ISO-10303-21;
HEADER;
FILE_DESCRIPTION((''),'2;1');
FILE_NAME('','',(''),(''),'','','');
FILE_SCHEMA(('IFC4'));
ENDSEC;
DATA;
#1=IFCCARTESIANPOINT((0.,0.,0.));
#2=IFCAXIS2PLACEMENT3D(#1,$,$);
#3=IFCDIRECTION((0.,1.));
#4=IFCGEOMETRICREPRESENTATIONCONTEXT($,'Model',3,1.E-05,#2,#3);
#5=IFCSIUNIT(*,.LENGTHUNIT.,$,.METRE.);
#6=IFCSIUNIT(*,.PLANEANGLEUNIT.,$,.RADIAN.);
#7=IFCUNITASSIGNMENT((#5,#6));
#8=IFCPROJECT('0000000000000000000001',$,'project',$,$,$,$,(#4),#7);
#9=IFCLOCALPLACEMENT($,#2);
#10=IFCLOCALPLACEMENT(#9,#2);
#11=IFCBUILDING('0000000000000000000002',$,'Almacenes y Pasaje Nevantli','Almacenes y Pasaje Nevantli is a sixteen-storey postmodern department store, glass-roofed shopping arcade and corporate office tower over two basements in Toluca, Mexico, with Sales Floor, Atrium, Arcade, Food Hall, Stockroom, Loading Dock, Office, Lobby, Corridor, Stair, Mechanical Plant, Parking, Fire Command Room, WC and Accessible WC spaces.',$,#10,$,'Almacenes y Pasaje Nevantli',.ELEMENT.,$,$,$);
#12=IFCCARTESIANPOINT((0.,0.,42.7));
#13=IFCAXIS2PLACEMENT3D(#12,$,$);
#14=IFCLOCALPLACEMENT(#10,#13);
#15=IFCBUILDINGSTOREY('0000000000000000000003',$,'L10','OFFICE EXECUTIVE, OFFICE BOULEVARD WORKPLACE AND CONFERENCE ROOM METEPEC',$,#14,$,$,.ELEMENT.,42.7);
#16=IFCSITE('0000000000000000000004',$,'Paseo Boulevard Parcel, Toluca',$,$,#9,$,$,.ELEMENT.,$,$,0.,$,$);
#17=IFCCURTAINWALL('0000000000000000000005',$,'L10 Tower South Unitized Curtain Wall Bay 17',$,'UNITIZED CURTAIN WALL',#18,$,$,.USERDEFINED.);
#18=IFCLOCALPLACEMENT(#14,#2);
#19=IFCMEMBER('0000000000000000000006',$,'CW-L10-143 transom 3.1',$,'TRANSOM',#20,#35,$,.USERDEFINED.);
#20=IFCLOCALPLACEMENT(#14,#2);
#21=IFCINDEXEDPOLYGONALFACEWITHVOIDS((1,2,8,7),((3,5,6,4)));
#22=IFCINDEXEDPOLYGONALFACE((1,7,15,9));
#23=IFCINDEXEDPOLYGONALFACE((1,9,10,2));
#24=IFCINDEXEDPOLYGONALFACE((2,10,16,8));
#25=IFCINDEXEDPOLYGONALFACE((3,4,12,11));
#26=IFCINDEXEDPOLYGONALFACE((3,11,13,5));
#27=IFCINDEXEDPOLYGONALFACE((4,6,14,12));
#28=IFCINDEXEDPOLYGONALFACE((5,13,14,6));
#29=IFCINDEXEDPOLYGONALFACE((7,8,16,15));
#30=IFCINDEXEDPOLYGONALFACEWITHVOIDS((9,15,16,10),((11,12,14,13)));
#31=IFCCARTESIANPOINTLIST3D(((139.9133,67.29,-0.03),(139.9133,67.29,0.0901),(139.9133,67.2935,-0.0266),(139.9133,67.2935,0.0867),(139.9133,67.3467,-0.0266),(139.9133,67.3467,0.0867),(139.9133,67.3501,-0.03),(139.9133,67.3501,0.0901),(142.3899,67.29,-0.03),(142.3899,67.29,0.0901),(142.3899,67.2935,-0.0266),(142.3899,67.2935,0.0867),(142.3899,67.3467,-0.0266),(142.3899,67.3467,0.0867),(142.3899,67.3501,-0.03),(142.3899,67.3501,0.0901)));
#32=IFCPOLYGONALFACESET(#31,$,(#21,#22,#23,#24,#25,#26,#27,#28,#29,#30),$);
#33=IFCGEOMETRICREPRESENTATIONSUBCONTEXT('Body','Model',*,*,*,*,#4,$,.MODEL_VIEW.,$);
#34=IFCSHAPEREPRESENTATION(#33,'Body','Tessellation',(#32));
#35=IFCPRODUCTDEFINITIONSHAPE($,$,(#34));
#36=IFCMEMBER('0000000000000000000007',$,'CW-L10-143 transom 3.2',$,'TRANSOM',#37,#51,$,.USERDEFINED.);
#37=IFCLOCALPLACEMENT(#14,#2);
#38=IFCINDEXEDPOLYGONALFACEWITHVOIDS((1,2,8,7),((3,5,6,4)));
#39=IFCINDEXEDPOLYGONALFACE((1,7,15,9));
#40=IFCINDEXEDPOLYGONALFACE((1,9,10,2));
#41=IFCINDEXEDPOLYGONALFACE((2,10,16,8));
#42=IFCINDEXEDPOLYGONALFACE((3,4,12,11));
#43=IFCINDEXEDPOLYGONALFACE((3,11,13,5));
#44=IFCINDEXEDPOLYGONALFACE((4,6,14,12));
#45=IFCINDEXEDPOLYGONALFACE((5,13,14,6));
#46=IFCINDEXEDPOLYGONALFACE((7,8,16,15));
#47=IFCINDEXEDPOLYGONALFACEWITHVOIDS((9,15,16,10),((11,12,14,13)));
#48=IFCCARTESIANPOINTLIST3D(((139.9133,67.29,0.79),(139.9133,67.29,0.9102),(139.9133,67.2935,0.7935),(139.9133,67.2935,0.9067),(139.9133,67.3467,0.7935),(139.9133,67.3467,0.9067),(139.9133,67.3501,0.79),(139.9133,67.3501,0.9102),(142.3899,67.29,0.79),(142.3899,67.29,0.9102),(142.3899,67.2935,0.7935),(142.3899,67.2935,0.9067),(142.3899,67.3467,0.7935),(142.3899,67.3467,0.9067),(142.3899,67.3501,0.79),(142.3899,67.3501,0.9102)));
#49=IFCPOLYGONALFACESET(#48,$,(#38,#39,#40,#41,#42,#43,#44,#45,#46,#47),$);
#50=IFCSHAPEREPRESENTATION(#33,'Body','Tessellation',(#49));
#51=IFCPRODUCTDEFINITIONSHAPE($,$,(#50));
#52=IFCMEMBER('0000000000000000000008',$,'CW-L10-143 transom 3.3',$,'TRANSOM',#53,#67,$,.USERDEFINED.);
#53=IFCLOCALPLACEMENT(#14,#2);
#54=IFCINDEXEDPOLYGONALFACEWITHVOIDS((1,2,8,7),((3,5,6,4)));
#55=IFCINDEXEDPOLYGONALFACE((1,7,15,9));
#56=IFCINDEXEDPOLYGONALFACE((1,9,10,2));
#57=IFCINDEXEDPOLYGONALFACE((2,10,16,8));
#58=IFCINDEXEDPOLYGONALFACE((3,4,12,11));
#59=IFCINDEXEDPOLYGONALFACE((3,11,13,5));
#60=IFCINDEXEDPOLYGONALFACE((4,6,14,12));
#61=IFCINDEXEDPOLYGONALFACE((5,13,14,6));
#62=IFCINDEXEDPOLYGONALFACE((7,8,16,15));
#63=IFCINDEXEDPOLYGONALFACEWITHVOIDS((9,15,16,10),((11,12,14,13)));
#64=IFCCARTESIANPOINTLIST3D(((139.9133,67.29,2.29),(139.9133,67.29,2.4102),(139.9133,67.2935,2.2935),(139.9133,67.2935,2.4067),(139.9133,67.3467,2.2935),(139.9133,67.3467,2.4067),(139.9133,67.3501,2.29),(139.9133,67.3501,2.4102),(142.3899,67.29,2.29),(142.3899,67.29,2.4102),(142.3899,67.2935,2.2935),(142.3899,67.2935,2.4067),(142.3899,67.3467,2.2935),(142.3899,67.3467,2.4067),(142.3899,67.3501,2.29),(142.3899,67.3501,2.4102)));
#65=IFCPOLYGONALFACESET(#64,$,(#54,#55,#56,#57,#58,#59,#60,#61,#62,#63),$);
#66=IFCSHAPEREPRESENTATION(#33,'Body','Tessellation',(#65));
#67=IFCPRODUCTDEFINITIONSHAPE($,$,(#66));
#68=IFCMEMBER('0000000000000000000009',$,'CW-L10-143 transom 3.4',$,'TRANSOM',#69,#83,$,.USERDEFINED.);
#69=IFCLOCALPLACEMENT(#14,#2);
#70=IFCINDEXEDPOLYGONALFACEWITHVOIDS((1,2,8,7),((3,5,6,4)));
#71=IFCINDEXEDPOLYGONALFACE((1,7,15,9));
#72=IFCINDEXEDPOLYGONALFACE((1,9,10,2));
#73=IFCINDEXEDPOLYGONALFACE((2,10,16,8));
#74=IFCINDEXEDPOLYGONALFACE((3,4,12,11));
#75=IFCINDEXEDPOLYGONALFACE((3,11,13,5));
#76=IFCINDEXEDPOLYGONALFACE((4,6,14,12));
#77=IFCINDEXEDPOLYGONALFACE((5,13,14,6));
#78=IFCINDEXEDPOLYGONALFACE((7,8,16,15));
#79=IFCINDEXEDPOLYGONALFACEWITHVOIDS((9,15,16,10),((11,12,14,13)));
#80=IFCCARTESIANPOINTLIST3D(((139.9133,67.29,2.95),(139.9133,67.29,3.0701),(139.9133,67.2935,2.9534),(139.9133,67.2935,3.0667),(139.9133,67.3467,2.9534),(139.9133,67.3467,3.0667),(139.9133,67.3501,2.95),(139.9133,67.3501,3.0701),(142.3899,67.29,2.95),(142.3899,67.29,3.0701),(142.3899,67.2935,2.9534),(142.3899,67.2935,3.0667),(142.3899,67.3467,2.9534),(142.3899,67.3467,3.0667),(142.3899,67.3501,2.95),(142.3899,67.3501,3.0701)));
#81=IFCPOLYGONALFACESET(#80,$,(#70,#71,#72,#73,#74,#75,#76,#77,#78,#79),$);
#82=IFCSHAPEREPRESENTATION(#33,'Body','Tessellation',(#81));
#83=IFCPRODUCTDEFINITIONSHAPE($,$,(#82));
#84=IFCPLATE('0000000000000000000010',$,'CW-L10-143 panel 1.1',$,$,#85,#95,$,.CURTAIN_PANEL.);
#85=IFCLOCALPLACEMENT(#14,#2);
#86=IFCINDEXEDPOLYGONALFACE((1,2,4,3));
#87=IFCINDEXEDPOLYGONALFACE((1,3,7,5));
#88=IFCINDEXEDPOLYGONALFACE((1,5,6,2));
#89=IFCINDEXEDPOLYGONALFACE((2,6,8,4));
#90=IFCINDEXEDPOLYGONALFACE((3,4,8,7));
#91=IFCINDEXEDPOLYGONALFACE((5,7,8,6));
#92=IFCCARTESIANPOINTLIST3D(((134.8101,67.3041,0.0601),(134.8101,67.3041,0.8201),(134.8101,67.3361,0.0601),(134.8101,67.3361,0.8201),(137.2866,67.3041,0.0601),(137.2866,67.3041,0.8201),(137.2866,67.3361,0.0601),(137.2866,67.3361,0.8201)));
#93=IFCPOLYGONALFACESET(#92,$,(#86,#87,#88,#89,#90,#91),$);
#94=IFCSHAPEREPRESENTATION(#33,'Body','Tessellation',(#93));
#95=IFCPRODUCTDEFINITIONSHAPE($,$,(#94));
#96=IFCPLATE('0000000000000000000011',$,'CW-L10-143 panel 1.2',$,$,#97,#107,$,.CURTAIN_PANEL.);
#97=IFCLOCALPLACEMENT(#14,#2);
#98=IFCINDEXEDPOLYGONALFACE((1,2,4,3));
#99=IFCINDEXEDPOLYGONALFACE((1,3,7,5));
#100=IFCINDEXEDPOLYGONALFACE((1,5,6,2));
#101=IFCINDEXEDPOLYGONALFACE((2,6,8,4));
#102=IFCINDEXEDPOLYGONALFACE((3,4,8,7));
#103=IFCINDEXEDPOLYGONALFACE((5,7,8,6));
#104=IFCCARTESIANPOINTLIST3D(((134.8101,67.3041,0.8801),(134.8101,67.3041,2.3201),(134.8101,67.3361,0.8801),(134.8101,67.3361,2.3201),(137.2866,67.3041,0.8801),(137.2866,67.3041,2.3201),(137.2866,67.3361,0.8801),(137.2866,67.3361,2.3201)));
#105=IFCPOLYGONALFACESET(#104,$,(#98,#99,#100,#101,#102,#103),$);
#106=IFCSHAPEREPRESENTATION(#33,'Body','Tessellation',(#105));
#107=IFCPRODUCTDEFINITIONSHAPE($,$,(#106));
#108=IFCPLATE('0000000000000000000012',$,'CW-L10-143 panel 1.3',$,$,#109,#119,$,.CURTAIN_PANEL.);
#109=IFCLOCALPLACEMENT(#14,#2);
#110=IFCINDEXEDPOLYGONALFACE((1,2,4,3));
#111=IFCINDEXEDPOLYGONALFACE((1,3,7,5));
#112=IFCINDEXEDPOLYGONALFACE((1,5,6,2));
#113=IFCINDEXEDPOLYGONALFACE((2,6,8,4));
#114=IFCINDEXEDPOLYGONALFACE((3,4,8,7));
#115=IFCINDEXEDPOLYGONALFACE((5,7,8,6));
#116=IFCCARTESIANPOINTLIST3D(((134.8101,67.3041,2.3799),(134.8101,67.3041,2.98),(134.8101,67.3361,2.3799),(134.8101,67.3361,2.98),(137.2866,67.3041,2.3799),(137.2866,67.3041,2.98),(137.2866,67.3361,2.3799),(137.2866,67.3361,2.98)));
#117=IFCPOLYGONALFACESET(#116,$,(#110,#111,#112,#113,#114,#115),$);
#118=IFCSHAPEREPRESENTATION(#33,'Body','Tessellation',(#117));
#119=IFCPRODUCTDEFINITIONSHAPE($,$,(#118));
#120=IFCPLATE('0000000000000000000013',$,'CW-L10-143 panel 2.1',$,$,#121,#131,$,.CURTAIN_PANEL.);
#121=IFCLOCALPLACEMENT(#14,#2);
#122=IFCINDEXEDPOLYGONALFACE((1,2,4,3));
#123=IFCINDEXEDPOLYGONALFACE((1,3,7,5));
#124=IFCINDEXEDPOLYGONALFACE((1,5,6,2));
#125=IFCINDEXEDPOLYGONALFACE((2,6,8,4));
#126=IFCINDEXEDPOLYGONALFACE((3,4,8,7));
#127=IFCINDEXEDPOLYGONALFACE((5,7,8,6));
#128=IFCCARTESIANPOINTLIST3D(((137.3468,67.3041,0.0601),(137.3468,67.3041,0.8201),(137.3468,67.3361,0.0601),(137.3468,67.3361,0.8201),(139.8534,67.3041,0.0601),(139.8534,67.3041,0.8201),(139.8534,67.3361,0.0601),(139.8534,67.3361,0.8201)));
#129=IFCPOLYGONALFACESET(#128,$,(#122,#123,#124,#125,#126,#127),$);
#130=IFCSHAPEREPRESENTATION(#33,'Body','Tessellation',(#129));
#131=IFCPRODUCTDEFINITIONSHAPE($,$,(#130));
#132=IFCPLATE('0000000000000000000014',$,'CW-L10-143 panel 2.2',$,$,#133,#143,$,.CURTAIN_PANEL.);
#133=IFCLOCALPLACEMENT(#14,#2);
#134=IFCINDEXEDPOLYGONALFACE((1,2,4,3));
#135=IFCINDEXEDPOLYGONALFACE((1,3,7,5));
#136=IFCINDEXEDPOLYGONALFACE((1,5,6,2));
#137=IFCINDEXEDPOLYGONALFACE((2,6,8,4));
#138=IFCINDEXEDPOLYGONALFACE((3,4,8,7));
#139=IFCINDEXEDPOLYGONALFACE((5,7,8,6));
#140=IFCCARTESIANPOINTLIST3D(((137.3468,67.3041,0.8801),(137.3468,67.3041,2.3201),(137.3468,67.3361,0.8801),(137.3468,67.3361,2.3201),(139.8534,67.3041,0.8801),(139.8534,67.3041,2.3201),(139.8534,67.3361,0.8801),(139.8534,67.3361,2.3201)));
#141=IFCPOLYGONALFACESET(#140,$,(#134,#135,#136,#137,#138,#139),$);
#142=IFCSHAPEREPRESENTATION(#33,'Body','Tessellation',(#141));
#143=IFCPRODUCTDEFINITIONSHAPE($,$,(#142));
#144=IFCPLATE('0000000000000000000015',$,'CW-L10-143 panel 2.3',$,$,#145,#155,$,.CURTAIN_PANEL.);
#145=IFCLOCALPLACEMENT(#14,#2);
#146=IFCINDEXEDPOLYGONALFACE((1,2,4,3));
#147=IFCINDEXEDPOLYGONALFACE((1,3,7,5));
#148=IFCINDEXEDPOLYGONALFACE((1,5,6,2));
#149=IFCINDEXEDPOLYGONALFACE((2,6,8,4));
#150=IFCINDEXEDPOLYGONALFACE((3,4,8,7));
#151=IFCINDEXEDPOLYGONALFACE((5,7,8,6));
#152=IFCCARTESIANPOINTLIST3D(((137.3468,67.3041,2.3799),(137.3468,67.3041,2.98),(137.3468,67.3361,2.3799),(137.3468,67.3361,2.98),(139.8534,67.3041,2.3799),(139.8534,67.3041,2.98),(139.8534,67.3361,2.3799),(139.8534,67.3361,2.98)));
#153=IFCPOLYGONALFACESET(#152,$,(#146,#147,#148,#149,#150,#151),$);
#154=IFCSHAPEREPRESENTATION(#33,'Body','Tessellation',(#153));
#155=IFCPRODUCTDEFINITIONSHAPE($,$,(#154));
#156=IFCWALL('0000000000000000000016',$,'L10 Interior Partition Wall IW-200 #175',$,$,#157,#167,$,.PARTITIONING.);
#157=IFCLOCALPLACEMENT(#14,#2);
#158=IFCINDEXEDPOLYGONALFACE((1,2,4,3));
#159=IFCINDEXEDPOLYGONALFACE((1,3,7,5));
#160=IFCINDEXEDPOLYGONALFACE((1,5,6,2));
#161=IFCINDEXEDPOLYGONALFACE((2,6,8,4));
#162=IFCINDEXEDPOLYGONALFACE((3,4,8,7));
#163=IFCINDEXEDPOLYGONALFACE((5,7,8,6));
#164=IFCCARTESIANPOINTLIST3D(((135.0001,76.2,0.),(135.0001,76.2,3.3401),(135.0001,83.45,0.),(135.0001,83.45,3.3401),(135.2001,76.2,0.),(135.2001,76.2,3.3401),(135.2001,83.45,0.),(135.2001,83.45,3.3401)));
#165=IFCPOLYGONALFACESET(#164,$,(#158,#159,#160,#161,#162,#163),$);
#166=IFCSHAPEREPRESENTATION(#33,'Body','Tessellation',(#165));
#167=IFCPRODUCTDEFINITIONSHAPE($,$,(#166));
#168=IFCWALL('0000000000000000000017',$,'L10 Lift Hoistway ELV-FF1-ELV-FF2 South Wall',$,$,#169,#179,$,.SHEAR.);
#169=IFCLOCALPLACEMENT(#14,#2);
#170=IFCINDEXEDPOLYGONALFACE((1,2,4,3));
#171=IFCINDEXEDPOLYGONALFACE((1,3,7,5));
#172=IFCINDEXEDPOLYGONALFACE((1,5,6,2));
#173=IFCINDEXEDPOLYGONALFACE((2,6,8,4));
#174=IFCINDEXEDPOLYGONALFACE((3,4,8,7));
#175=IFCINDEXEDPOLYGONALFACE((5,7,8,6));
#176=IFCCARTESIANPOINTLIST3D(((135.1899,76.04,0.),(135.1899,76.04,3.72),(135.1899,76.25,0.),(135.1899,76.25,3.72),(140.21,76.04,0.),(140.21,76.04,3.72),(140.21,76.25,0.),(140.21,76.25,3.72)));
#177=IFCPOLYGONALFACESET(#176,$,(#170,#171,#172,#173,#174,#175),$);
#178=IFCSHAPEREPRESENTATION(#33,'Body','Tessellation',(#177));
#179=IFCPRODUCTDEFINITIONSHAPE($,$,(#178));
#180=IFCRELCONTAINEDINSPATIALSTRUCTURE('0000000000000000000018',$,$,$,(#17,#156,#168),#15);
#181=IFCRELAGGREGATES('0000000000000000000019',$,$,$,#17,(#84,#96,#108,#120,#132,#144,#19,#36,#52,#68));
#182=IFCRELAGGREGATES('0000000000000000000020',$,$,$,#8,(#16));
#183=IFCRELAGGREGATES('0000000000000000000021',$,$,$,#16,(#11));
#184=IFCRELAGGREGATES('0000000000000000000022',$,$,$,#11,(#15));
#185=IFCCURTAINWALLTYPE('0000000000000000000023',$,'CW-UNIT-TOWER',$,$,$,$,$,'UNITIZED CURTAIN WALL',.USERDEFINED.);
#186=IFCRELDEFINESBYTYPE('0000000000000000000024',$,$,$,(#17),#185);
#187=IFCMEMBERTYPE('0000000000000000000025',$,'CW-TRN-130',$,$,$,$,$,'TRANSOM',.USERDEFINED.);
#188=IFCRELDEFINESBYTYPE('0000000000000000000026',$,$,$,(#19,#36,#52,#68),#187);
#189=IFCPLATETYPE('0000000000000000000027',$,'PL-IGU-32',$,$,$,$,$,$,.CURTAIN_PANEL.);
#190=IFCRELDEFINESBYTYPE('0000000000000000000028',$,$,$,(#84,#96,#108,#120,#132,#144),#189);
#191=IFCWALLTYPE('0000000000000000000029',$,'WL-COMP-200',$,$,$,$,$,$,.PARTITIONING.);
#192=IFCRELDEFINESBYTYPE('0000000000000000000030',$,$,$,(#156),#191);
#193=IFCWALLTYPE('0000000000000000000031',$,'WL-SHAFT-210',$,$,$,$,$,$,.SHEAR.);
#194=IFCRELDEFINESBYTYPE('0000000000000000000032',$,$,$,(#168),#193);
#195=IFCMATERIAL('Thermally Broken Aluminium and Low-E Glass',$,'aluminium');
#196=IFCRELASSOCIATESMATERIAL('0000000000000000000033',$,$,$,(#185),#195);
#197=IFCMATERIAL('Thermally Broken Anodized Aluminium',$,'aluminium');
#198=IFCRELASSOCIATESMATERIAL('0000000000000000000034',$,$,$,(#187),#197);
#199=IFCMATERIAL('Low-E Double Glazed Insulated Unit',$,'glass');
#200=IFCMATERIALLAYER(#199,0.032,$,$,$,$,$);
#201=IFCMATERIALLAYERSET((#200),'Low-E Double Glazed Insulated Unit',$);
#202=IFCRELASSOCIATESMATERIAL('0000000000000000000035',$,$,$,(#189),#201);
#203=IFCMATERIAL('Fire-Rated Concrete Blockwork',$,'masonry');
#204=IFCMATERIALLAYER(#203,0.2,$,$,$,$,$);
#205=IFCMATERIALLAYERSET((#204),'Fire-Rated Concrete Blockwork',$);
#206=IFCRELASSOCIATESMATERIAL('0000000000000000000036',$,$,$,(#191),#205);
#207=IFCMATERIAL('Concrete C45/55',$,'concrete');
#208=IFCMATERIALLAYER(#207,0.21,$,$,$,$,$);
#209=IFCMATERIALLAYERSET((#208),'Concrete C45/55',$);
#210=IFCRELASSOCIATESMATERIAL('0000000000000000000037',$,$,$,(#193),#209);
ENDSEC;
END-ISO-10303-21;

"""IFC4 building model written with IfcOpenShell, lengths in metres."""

from ifc_helpers import new_model, si_unit, direction, frame, frame_2d, origin, origin_2d, place, context, subcontext, project, spatial, rectangle, hollow_rectangle, extrude, material, layer, layer_set, material_profile, profile_set, type_object, element, aggregate, save


model = new_model("IFC4")

# Units and contexts
model_context = context("Model", 3, precision=1e-05, world=origin(), true_north=direction((0.0, 1.0)))
body_context = subcontext(model_context, "Body", "Model", "MODEL_VIEW")
ifc_project = project(units=[si_unit("LENGTHUNIT", "METRE"), si_unit("PLANEANGLEUNIT", "RADIAN")], contexts=[model_context])

# Site, building, storey
site_placement = place(None, origin())
site = spatial("IfcSite", under=ifc_project, at=site_placement, Name="Paseo Boulevard Parcel, Toluca", CompositionType="ELEMENT", RefElevation=0.0)
building_placement = place(site_placement, origin())
building = spatial("IfcBuilding", under=site, at=building_placement, Name="Almacenes y Pasaje Nevantli", Description="Almacenes y Pasaje Nevantli is a sixteen-storey postmodern department store, glass-roofed shopping arcade and corporate office tower over two basements in Toluca, Mexico, with Sales Floor, Atrium, Arcade, Food Hall, Stockroom, Loading Dock, Office, Lobby, Corridor, Stair, Mechanical Plant, Parking, Fire Command Room, WC and Accessible WC spaces.", LongName="Almacenes y Pasaje Nevantli", CompositionType="ELEMENT")
storey_placement = place(building_placement, frame((0.0, 0.0, 42.7)))
storey = spatial("IfcBuildingStorey", under=building, at=storey_placement, Name="L10", Description="OFFICE EXECUTIVE, OFFICE BOULEVARD WORKPLACE AND CONFERENCE ROOM METEPEC", CompositionType="ELEMENT", Elevation=42.7)

# Curtain wall, members, plates
ifc_material_1 = material(Name="Thermally Broken Aluminium and Low-E Glass", Category="aluminium")
curtain_wall_type = type_object("IfcCurtainWallType", Name="CW-UNIT-TOWER", ElementType="UNITIZED CURTAIN WALL", PredefinedType="USERDEFINED", material=ifc_material_1)
curtain_wall_placement = place(storey_placement, origin())
curtain_wall = element("IfcCurtainWall", 1, at=curtain_wall_placement, inside=storey, type_object=curtain_wall_type, Name="L10 Tower South Unitized Curtain Wall Bay 17", ObjectType="UNITIZED CURTAIN WALL", PredefinedType="USERDEFINED")
ifc_material_2 = material(Name="Thermally Broken Anodized Aluminium", Category="aluminium")
ifc_material_profile_1 = material_profile(ifc_material_2, hollow_rectangle(XDim=0.0601, YDim=0.1201, WallThickness=0.0034, at=origin_2d()), Name="ALU-TRN-60x120")
ifc_profile_set_1 = profile_set([ifc_material_profile_1], Name="Thermally Broken Anodized Aluminium")
member_type_1 = type_object("IfcMemberType", Name="CW-TRN-130", ElementType="TRANSOM", PredefinedType="USERDEFINED", material=ifc_profile_set_1)
member_1_placement = place(storey_placement, frame((139.9133, 67.3201, 0.03), z_axis=(1.0, 0.0, 0.0), x_axis=(0.0, 1.0, 0.0)))
member_1 = element("IfcMember", 2, at=member_1_placement, type_object=member_type_1, Name="CW-L10-143 transom 3.1", ObjectType="TRANSOM", PredefinedType="USERDEFINED", context=body_context, shape_type="SweptSolid", body=[
    extrude(hollow_rectangle(XDim=0.0601, YDim=0.1201, WallThickness=0.0034, at=origin_2d()), origin(), (0.0, 0.0, 1.0), 2.4766),
])
member_2_placement = place(storey_placement, frame((139.9133, 67.3201, 0.8501), z_axis=(1.0, 0.0, 0.0), x_axis=(0.0, 1.0, 0.0)))
member_2 = element("IfcMember", 3, at=member_2_placement, type_object=member_type_1, Name="CW-L10-143 transom 3.2", ObjectType="TRANSOM", PredefinedType="USERDEFINED", context=body_context, shape_type="SweptSolid", body=[
    extrude(hollow_rectangle(XDim=0.0601, YDim=0.1201, WallThickness=0.0034, at=origin_2d()), origin(), (0.0, 0.0, 1.0), 2.4766),
])
member_3_placement = place(storey_placement, frame((139.9133, 67.3201, 2.3501), z_axis=(1.0, 0.0, 0.0), x_axis=(0.0, 1.0, 0.0)))
member_3 = element("IfcMember", 4, at=member_3_placement, type_object=member_type_1, Name="CW-L10-143 transom 3.3", ObjectType="TRANSOM", PredefinedType="USERDEFINED", context=body_context, shape_type="SweptSolid", body=[
    extrude(hollow_rectangle(XDim=0.0601, YDim=0.1201, WallThickness=0.0034, at=origin_2d()), origin(), (0.0, 0.0, 1.0), 2.4766),
])
member_4_placement = place(storey_placement, frame((139.9133, 67.3201, 3.01), z_axis=(1.0, 0.0, 0.0), x_axis=(0.0, 1.0, 0.0)))
member_4 = element("IfcMember", 5, at=member_4_placement, type_object=member_type_1, Name="CW-L10-143 transom 3.4", ObjectType="TRANSOM", PredefinedType="USERDEFINED", context=body_context, shape_type="SweptSolid", body=[
    extrude(hollow_rectangle(XDim=0.0601, YDim=0.1201, WallThickness=0.0034, at=origin_2d()), origin(), (0.0, 0.0, 1.0), 2.4766),
])
ifc_material_3 = material(Name="Low-E Double Glazed Insulated Unit", Category="glass")
ifc_layer_1 = layer(ifc_material_3, 0.032)
ifc_layer_set_1 = layer_set([ifc_layer_1], Name="Low-E Double Glazed Insulated Unit")
plate_type = type_object("IfcPlateType", Name="PL-IGU-32", PredefinedType="CURTAIN_PANEL", material=ifc_layer_set_1)
plate_1_placement = place(storey_placement, frame((136.0483, 67.3201, 0.0601), z_axis=(0.0, 0.0, 1.0), x_axis=(1.0, 0.0, 0.0)))
plate_1 = element("IfcPlate", 6, at=plate_1_placement, type_object=plate_type, Name="CW-L10-143 panel 1.1", PredefinedType="CURTAIN_PANEL", context=body_context, shape_type="SweptSolid", body=[
    extrude(rectangle(XDim=2.4766, YDim=0.032, at=origin_2d()), origin(), (0.0, 0.0, 1.0), 0.76),
])
plate_2_placement = place(storey_placement, frame((136.0483, 67.3201, 0.8801), z_axis=(0.0, 0.0, 1.0), x_axis=(1.0, 0.0, 0.0)))
plate_2 = element("IfcPlate", 7, at=plate_2_placement, type_object=plate_type, Name="CW-L10-143 panel 1.2", PredefinedType="CURTAIN_PANEL", context=body_context, shape_type="SweptSolid", body=[
    extrude(rectangle(XDim=2.4766, YDim=0.032, at=origin_2d()), origin(), (0.0, 0.0, 1.0), 1.4399),
])
plate_3_placement = place(storey_placement, frame((136.0483, 67.3201, 2.3799), z_axis=(0.0, 0.0, 1.0), x_axis=(1.0, 0.0, 0.0)))
plate_3 = element("IfcPlate", 8, at=plate_3_placement, type_object=plate_type, Name="CW-L10-143 panel 1.3", PredefinedType="CURTAIN_PANEL", context=body_context, shape_type="SweptSolid", body=[
    extrude(rectangle(XDim=2.4766, YDim=0.032, at=origin_2d()), origin(), (0.0, 0.0, 1.0), 0.6001),
])
plate_4_placement = place(storey_placement, frame((138.6001, 67.3201, 0.0601), z_axis=(0.0, 0.0, 1.0), x_axis=(1.0, 0.0, 0.0)))
plate_4 = element("IfcPlate", 9, at=plate_4_placement, type_object=plate_type, Name="CW-L10-143 panel 2.1", PredefinedType="CURTAIN_PANEL", context=body_context, shape_type="SweptSolid", body=[
    extrude(rectangle(XDim=2.5066, YDim=0.032, at=origin_2d()), origin(), (0.0, 0.0, 1.0), 0.76),
])
plate_5_placement = place(storey_placement, frame((138.6001, 67.3201, 0.8801), z_axis=(0.0, 0.0, 1.0), x_axis=(1.0, 0.0, 0.0)))
plate_5 = element("IfcPlate", 10, at=plate_5_placement, type_object=plate_type, Name="CW-L10-143 panel 2.2", PredefinedType="CURTAIN_PANEL", context=body_context, shape_type="SweptSolid", body=[
    extrude(rectangle(XDim=2.5066, YDim=0.032, at=origin_2d()), origin(), (0.0, 0.0, 1.0), 1.4399),
])
plate_6_placement = place(storey_placement, frame((138.6001, 67.3201, 2.3799), z_axis=(0.0, 0.0, 1.0), x_axis=(1.0, 0.0, 0.0)))
plate_6 = element("IfcPlate", 11, at=plate_6_placement, type_object=plate_type, Name="CW-L10-143 panel 2.3", PredefinedType="CURTAIN_PANEL", context=body_context, shape_type="SweptSolid", body=[
    extrude(rectangle(XDim=2.5066, YDim=0.032, at=origin_2d()), origin(), (0.0, 0.0, 1.0), 0.6001),
])
aggregate(curtain_wall, [plate_1, plate_2, plate_3, plate_4, plate_5, plate_6, member_1, member_2, member_3, member_4])

# Walls
ifc_material_4 = material(Name="Fire-Rated Concrete Blockwork", Category="masonry")
ifc_layer_2 = layer(ifc_material_4, 0.2)
ifc_layer_set_2 = layer_set([ifc_layer_2], Name="Fire-Rated Concrete Blockwork")
wall_type_1 = type_object("IfcWallType", Name="WL-COMP-200", PredefinedType="PARTITIONING", material=ifc_layer_set_2)
wall_1_placement = place(storey_placement, frame((135.1001, 76.2, 0.0), z_axis=(0.0, 0.0, 1.0), x_axis=(0.0, 1.0, 0.0)))
element("IfcWall", 12, at=wall_1_placement, inside=storey, type_object=wall_type_1, Name="L10 Interior Partition Wall IW-200 #175", PredefinedType="PARTITIONING", context=body_context, shape_type="SweptSolid", body=[
    extrude(rectangle(XDim=7.25, YDim=0.2, at=frame_2d((3.625, 0.0))), origin(), (0.0, 0.0, 1.0), 3.3401),
])
ifc_material_5 = material(Name="Concrete C45/55", Category="concrete")
ifc_layer_3 = layer(ifc_material_5, 0.21)
ifc_layer_set_3 = layer_set([ifc_layer_3], Name="Concrete C45/55")
wall_type_2 = type_object("IfcWallType", Name="WL-SHAFT-210", PredefinedType="SHEAR", material=ifc_layer_set_3)
wall_2_placement = place(storey_placement, frame((135.1899, 76.145, 0.0), z_axis=(0.0, 0.0, 1.0), x_axis=(1.0, 0.0, 0.0)))
element("IfcWall", 13, at=wall_2_placement, inside=storey, type_object=wall_type_2, Name="L10 Lift Hoistway ELV-FF1-ELV-FF2 South Wall", PredefinedType="SHEAR", context=body_context, shape_type="SweptSolid", body=[
    extrude(rectangle(XDim=5.02, YDim=0.21, at=frame_2d((2.51, 0.0))), origin(), (0.0, 0.0, 1.0), 3.72),
])

save(model, "model.ifc")
